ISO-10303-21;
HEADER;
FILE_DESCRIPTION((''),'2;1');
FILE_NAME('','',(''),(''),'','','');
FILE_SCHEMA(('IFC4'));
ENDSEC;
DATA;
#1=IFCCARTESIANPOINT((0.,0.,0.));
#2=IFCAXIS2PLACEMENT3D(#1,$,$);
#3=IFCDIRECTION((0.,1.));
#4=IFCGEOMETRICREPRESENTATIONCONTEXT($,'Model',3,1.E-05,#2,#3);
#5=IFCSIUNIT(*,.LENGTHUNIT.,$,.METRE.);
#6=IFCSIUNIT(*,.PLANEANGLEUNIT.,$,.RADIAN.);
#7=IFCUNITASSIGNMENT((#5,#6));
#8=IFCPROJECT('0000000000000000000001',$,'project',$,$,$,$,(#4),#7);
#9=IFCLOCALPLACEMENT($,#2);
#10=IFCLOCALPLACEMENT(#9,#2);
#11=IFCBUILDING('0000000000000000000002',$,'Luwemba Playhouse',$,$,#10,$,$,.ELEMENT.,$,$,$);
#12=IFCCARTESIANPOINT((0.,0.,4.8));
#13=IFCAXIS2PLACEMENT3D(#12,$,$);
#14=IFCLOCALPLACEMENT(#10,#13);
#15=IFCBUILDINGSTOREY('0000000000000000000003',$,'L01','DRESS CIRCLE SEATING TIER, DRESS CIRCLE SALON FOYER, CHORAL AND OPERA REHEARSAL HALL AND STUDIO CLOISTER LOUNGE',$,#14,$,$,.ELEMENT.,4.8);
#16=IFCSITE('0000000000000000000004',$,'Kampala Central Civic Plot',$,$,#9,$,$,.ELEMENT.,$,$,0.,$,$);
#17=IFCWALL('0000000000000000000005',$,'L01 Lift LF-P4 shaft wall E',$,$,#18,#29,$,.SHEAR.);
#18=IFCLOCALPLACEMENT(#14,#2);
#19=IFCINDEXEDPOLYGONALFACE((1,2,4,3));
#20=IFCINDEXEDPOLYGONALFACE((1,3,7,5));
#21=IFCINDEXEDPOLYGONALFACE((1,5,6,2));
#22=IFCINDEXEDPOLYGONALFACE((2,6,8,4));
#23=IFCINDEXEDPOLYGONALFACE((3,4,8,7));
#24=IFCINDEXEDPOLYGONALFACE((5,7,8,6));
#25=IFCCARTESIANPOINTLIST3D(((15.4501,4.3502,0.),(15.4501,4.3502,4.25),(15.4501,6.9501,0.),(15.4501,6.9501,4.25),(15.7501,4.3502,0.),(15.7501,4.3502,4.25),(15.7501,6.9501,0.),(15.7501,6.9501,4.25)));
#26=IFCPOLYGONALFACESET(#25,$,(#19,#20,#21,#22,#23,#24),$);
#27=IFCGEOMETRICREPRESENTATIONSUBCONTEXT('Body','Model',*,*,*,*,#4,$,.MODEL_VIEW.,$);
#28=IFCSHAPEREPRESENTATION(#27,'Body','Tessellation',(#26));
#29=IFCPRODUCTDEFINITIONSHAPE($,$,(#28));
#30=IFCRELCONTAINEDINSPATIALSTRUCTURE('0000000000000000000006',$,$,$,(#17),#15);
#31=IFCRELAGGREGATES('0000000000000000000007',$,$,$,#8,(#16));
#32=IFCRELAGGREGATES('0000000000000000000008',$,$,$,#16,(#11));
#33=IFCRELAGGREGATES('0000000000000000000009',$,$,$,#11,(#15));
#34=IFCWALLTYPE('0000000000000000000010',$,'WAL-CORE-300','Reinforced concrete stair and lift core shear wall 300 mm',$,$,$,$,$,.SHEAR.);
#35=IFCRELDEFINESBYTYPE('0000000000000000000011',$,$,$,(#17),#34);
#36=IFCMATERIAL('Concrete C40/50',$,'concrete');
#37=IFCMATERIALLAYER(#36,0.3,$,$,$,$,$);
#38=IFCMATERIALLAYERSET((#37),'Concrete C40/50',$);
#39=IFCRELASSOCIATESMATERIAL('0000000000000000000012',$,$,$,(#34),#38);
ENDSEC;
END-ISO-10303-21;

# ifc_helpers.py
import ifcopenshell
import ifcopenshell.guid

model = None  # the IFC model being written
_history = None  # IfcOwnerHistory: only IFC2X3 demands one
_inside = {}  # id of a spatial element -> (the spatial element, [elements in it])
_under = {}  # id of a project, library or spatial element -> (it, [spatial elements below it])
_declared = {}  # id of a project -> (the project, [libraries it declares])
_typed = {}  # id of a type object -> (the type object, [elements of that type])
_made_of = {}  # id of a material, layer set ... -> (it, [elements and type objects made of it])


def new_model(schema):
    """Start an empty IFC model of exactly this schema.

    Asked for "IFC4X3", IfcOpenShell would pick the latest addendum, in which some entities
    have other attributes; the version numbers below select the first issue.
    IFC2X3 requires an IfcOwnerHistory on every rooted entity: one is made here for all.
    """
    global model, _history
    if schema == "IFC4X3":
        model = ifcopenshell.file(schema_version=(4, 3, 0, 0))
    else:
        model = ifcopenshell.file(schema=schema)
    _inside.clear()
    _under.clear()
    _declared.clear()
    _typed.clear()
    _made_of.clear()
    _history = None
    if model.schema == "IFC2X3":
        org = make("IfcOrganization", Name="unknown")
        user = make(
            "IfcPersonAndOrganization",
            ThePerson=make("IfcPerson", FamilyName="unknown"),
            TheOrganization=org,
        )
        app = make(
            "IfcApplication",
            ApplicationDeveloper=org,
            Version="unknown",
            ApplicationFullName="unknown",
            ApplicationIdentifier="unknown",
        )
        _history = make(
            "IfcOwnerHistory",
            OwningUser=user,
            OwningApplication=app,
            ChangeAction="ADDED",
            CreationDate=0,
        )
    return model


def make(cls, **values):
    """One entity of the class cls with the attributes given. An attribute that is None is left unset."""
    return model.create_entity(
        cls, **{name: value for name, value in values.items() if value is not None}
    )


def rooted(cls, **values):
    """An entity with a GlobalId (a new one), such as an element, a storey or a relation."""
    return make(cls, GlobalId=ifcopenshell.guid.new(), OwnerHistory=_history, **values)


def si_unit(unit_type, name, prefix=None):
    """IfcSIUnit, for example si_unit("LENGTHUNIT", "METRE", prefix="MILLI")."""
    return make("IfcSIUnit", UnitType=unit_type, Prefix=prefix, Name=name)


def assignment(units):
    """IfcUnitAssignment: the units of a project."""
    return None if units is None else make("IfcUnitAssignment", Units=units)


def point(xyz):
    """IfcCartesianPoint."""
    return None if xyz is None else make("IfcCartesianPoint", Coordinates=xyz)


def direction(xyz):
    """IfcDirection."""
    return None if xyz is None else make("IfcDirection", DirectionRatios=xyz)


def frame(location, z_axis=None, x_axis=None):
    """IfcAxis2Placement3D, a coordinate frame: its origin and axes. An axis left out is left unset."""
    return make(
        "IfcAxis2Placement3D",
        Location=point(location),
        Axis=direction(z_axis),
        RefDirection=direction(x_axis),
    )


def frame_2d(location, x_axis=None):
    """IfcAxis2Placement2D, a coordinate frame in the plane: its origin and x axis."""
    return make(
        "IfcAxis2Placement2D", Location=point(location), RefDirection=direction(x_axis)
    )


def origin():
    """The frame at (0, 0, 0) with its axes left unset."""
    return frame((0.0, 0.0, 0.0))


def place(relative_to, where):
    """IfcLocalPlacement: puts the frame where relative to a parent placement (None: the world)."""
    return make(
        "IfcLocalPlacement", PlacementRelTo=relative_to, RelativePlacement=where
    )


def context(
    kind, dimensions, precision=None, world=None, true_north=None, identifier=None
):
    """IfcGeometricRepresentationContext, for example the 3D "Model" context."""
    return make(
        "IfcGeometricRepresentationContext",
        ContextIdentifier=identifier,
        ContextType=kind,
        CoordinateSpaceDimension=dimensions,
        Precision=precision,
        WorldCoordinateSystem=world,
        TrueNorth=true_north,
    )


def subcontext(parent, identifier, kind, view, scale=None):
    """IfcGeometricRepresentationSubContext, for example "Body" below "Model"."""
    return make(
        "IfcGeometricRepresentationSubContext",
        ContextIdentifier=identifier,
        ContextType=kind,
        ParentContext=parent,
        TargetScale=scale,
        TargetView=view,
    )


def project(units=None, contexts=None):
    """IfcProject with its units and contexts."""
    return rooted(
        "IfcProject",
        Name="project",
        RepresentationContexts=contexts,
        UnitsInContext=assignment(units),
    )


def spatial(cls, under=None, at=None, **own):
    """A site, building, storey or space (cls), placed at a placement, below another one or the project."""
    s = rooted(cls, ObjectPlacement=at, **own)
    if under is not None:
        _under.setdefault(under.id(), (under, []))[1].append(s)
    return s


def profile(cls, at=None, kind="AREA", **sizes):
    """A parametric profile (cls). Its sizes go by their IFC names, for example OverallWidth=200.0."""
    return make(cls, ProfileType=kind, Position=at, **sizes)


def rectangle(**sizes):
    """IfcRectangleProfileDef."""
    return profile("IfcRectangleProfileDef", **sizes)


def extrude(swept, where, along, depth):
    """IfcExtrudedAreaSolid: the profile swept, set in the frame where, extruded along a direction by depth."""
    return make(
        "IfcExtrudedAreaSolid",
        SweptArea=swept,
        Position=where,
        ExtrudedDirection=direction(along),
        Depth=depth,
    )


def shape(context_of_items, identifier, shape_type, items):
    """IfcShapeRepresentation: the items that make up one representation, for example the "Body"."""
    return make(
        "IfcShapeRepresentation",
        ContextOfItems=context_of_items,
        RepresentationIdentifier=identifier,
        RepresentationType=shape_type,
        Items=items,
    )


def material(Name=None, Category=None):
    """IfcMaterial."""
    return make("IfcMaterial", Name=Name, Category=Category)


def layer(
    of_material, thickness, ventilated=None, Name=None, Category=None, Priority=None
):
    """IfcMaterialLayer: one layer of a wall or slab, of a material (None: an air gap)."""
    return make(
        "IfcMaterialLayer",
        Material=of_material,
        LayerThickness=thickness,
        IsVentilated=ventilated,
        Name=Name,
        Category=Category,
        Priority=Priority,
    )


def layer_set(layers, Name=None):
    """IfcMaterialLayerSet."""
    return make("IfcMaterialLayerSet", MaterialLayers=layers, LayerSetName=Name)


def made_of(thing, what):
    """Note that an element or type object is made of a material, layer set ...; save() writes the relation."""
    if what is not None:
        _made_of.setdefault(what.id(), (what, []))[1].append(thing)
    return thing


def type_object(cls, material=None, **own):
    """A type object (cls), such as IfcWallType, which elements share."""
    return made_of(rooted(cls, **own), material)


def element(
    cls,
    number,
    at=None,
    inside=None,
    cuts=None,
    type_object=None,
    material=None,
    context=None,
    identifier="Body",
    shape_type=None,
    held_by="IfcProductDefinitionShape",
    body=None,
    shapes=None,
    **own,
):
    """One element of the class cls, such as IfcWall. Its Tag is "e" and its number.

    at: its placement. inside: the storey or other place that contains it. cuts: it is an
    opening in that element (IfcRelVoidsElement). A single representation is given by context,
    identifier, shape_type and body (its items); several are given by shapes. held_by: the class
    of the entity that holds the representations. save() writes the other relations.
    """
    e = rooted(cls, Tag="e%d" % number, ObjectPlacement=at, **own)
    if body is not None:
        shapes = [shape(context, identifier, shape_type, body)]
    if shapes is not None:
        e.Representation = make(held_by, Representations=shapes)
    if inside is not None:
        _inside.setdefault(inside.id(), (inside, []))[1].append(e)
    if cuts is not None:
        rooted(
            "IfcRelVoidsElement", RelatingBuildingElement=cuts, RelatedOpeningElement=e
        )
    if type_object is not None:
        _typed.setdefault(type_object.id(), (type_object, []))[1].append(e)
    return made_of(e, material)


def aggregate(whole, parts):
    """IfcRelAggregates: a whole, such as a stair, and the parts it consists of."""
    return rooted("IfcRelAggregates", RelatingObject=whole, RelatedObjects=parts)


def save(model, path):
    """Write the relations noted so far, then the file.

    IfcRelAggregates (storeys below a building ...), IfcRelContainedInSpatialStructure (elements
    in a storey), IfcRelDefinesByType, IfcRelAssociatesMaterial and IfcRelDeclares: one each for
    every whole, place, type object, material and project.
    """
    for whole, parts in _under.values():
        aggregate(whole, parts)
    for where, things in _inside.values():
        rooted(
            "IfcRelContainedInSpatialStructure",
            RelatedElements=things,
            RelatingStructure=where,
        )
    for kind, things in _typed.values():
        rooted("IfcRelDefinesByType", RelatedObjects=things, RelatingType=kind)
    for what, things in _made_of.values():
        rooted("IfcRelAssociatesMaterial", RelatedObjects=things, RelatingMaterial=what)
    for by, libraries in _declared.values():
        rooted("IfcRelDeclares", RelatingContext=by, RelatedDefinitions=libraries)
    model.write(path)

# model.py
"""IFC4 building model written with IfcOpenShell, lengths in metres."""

from ifc_helpers import new_model, si_unit, direction, frame, frame_2d, origin, place, context, subcontext, project, spatial, rectangle, extrude, material, layer, layer_set, type_object, element, save


model = new_model("IFC4")

# Units and contexts
model_context = context("Model", 3, precision=1e-05, world=origin(), true_north=direction((0.0, 1.0)))
body_context = subcontext(model_context, "Body", "Model", "MODEL_VIEW")
ifc_project = project(units=[si_unit("LENGTHUNIT", "METRE"), si_unit("PLANEANGLEUNIT", "RADIAN")], contexts=[model_context])

# Site, building, storey
site_placement = place(None, origin())
site = spatial("IfcSite", under=ifc_project, at=site_placement, Name="Kampala Central Civic Plot", CompositionType="ELEMENT", RefElevation=0.0)
building_placement = place(site_placement, origin())
building = spatial("IfcBuilding", under=site, at=building_placement, Name="Luwemba Playhouse", CompositionType="ELEMENT")
storey_placement = place(building_placement, frame((0.0, 0.0, 4.8)))
storey = spatial("IfcBuildingStorey", under=building, at=storey_placement, Name="L01", Description="DRESS CIRCLE SEATING TIER, DRESS CIRCLE SALON FOYER, CHORAL AND OPERA REHEARSAL HALL AND STUDIO CLOISTER LOUNGE", CompositionType="ELEMENT", Elevation=4.8)

# Shared definitions
ifc_material_1 = material(Name="Concrete C40/50", Category="concrete")

# Shared definitions
ifc_layer_1 = layer(ifc_material_1, 0.3)
ifc_layer_set_1 = layer_set([ifc_layer_1], Name="Concrete C40/50")
wall_type = type_object("IfcWallType", Name="WAL-CORE-300", Description="Reinforced concrete stair and lift core shear wall 300 mm", PredefinedType="SHEAR", material=ifc_layer_set_1)

# Wall
wall_1_placement = place(storey_placement, frame((15.6001, 6.95, 0.0), z_axis=(0.0, 0.0, 1.0), x_axis=(0.0, -1.0, 0.0)))
element("IfcWall", 1, at=wall_1_placement, inside=storey, type_object=wall_type, Name="L01 Lift LF-P4 shaft wall E", PredefinedType="SHEAR", context=body_context, shape_type="SweptSolid", body=[
    extrude(rectangle(XDim=2.5999, YDim=0.3, at=frame_2d((1.2998, 0.0))), origin(), (0.0, 0.0, 1.0), 4.25),
])

save(model, "model.ifc")
